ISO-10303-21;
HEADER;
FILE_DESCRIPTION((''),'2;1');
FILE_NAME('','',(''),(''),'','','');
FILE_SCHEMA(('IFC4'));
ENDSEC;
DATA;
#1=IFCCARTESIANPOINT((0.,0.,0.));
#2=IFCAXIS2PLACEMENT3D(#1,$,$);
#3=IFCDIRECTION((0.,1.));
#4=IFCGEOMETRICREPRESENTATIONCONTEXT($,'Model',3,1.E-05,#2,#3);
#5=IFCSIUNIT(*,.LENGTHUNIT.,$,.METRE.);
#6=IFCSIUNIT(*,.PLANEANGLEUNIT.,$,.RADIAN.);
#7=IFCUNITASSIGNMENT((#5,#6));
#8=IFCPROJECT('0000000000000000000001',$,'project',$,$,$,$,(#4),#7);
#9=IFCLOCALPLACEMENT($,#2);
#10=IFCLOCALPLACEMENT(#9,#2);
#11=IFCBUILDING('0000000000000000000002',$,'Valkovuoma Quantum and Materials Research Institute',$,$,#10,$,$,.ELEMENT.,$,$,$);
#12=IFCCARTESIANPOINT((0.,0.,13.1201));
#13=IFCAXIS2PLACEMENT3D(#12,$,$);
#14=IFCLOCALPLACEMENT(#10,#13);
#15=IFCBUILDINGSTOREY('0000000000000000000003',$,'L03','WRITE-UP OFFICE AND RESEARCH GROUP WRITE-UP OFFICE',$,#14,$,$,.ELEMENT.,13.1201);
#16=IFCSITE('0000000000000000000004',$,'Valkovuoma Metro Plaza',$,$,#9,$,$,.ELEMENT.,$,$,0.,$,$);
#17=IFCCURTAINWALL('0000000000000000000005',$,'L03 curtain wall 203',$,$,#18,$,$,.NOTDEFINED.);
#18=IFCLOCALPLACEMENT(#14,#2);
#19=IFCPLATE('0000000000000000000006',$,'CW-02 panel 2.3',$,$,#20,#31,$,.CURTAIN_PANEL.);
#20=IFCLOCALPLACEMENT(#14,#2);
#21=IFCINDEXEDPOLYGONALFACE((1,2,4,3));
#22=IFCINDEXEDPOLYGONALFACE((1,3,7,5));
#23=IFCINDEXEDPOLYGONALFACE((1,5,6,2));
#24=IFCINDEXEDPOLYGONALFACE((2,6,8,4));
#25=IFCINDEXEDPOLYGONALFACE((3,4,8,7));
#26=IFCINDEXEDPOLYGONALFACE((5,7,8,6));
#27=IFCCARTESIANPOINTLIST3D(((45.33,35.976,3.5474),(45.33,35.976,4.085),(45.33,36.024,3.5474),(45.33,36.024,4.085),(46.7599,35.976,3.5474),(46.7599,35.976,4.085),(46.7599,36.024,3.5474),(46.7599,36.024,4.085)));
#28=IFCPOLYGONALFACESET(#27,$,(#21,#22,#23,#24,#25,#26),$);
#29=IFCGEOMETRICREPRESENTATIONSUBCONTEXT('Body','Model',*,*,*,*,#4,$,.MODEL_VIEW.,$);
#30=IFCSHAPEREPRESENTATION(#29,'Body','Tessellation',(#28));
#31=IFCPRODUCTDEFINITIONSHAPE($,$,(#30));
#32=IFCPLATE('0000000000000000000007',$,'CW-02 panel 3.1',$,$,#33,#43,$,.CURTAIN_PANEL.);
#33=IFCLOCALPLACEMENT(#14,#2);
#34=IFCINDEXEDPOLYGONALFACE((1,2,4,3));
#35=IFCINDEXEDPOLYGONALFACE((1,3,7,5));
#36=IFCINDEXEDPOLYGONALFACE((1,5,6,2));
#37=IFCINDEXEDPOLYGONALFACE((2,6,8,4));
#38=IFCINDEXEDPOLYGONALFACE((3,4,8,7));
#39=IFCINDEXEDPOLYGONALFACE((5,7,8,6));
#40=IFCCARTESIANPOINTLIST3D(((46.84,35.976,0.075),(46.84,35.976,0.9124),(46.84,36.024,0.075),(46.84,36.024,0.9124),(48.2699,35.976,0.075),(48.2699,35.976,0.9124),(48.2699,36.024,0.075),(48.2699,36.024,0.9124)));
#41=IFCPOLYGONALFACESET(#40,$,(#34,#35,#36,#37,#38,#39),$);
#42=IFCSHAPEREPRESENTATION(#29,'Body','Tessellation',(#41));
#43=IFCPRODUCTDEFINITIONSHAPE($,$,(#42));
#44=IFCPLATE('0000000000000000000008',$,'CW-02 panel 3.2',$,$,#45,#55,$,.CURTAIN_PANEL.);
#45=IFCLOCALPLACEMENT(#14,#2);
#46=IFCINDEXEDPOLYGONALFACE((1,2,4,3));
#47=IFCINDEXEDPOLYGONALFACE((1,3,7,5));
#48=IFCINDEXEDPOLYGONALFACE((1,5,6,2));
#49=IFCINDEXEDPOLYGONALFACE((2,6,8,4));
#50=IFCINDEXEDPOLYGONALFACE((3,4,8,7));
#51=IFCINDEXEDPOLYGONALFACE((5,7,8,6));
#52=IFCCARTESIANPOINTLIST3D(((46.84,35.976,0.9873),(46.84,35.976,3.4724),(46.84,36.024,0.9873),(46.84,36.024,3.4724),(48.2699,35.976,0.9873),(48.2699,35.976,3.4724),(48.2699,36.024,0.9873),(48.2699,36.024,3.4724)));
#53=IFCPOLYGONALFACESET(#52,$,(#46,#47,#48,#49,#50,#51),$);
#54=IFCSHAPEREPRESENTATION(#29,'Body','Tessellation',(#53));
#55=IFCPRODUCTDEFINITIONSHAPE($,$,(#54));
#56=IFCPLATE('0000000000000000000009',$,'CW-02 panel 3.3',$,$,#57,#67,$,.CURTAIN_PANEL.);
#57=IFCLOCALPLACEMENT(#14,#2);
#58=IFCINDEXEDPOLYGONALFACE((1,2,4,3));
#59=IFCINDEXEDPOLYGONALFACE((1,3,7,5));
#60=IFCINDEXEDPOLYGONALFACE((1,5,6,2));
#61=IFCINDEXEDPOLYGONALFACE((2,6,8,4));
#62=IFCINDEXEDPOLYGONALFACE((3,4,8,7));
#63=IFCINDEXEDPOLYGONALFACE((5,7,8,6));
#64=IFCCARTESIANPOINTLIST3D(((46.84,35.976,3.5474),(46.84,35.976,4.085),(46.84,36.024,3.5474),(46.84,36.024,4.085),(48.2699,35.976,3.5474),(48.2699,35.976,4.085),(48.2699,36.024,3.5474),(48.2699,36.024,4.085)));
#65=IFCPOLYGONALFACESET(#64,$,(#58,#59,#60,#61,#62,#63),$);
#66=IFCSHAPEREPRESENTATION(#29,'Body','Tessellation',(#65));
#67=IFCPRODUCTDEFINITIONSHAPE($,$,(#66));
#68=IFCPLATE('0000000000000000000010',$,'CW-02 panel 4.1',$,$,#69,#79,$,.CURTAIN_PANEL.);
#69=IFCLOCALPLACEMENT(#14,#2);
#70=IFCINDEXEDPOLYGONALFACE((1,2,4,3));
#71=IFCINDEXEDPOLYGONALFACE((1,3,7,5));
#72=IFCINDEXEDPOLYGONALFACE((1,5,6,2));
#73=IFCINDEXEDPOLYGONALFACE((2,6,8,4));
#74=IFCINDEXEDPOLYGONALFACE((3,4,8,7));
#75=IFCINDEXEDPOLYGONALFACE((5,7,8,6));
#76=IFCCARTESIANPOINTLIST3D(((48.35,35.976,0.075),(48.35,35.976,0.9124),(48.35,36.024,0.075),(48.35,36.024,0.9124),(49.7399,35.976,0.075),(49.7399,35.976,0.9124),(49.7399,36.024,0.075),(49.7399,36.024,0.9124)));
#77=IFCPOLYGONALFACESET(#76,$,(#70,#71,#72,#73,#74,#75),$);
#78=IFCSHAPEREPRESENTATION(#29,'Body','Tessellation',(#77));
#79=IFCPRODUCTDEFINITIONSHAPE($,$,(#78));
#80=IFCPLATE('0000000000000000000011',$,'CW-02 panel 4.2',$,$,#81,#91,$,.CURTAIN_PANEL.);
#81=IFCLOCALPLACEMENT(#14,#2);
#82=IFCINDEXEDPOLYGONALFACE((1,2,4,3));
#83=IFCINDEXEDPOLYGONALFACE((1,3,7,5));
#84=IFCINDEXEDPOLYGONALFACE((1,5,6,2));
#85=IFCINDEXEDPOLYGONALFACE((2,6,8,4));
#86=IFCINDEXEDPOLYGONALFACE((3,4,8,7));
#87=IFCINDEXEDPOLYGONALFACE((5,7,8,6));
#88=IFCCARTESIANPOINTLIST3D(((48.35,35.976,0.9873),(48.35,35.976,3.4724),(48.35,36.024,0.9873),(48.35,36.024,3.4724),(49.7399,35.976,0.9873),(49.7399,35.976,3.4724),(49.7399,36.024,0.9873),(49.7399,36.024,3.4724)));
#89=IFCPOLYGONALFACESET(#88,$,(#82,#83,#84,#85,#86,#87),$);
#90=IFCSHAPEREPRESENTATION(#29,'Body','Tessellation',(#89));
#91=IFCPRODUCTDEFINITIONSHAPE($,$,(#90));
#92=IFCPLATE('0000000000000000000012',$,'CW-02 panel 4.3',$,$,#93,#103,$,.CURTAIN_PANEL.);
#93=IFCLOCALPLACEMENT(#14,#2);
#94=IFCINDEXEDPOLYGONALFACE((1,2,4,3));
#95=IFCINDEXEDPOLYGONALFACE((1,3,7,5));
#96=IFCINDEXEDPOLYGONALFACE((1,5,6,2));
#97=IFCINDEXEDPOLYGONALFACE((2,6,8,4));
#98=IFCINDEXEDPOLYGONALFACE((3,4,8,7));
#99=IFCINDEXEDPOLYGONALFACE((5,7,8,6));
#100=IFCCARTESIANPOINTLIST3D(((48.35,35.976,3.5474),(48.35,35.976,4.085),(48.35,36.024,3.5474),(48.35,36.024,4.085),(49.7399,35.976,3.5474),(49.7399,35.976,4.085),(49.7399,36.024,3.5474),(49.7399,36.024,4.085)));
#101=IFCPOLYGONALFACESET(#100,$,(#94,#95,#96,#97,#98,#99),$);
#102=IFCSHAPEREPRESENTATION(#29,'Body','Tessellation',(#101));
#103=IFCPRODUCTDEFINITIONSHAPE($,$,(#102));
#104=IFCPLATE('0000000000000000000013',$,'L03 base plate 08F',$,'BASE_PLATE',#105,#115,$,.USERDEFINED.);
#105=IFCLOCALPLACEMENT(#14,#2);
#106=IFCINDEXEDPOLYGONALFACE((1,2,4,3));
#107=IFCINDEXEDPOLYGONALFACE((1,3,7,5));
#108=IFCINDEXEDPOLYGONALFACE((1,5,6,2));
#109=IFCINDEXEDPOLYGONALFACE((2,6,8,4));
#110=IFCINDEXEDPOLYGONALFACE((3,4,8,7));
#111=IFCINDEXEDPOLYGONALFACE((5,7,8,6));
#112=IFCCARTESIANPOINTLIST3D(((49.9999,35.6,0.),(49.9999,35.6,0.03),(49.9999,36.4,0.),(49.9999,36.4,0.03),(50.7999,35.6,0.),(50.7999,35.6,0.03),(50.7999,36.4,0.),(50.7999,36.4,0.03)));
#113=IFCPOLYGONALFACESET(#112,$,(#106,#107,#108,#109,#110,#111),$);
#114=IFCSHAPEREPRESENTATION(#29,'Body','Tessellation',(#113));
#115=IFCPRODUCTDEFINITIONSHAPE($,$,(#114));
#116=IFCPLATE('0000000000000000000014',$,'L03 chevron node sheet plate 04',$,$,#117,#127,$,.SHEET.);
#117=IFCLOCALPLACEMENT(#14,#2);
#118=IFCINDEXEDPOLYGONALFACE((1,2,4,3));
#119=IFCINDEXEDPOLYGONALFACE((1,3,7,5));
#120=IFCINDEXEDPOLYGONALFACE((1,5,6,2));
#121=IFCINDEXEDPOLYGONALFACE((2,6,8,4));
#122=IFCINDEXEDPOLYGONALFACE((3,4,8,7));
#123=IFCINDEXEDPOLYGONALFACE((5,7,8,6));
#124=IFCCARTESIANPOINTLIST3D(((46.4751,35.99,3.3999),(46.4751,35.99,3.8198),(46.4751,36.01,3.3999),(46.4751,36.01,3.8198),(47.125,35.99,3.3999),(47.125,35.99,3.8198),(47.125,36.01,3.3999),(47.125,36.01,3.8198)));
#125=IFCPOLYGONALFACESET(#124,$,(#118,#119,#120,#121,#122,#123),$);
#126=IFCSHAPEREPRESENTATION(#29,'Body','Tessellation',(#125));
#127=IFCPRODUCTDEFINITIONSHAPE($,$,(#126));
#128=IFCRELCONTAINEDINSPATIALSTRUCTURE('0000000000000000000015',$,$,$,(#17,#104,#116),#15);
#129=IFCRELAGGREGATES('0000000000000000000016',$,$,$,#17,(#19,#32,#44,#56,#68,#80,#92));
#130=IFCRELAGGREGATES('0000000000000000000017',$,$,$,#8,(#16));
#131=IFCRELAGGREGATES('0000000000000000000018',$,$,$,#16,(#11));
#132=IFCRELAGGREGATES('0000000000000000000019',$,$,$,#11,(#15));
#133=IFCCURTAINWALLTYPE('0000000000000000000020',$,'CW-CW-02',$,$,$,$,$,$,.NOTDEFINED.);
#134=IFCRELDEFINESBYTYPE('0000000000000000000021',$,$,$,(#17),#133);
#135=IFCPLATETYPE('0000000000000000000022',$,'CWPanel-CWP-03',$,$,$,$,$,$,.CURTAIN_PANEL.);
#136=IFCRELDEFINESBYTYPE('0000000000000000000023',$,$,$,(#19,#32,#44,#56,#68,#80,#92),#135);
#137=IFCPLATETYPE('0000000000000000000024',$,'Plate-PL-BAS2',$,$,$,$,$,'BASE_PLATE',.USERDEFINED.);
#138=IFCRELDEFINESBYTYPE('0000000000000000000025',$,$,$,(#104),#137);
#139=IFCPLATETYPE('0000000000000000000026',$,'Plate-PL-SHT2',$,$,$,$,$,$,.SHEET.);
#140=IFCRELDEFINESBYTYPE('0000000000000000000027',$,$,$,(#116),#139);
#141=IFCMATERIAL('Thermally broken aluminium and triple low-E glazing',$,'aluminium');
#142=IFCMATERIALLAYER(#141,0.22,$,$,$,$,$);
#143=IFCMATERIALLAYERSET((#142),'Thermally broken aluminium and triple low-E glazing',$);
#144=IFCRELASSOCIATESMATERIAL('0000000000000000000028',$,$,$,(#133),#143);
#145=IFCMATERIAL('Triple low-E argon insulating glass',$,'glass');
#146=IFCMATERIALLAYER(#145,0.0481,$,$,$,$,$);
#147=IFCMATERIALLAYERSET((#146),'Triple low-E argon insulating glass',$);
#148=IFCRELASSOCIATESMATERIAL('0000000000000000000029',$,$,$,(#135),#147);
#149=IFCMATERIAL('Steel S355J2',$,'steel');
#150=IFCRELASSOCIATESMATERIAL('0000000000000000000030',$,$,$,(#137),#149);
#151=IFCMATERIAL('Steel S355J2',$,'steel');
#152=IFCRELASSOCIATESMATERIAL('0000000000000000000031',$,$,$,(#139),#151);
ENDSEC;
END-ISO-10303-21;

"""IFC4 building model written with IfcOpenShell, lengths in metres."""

from ifc_helpers import new_model, si_unit, direction, frame, origin, origin_2d, place, context, subcontext, project, spatial, rectangle, extrude, material, layer, layer_set, type_object, element, aggregate, save


model = new_model("IFC4")

# Units and contexts
model_context = context("Model", 3, precision=1e-05, world=origin(), true_north=direction((0.0, 1.0)))
body_context = subcontext(model_context, "Body", "Model", "MODEL_VIEW")
ifc_project = project(units=[si_unit("LENGTHUNIT", "METRE"), si_unit("PLANEANGLEUNIT", "RADIAN")], contexts=[model_context])

# Site, building, storey
site_placement = place(None, origin())
site = spatial("IfcSite", under=ifc_project, at=site_placement, Name="Valkovuoma Metro Plaza", CompositionType="ELEMENT", RefElevation=0.0)
building_placement = place(site_placement, origin())
building = spatial("IfcBuilding", under=site, at=building_placement, Name="Valkovuoma Quantum and Materials Research Institute", CompositionType="ELEMENT")
storey_placement = place(building_placement, frame((0.0, 0.0, 13.1201)))
storey = spatial("IfcBuildingStorey", under=building, at=storey_placement, Name="L03", Description="WRITE-UP OFFICE AND RESEARCH GROUP WRITE-UP OFFICE", CompositionType="ELEMENT", Elevation=13.1201)

# Curtain wall, plates
ifc_material_1 = material(Name="Thermally broken aluminium and triple low-E glazing", Category="aluminium")
ifc_layer_1 = layer(ifc_material_1, 0.22)
ifc_layer_set_1 = layer_set([ifc_layer_1], Name="Thermally broken aluminium and triple low-E glazing")
curtain_wall_type = type_object("IfcCurtainWallType", Name="CW-CW-02", PredefinedType="NOTDEFINED", material=ifc_layer_set_1)
curtain_wall_placement = place(storey_placement, origin())
curtain_wall = element("IfcCurtainWall", 1, at=curtain_wall_placement, inside=storey, type_object=curtain_wall_type, Name="L03 curtain wall 203", PredefinedType="NOTDEFINED")
ifc_material_2 = material(Name="Triple low-E argon insulating glass", Category="glass")
ifc_layer_2 = layer(ifc_material_2, 0.0481)
ifc_layer_set_2 = layer_set([ifc_layer_2], Name="Triple low-E argon insulating glass")
plate_type_1 = type_object("IfcPlateType", Name="CWPanel-CWP-03", PredefinedType="CURTAIN_PANEL", material=ifc_layer_set_2)
plate_1_placement = place(storey_placement, frame((46.0449, 36.0, 3.5474), z_axis=(0.0, 0.0, 1.0), x_axis=(1.0, 0.0, 0.0)))
plate_1 = element("IfcPlate", 2, at=plate_1_placement, type_object=plate_type_1, Name="CW-02 panel 2.3", PredefinedType="CURTAIN_PANEL", context=body_context, shape_type="SweptSolid", body=[
    extrude(rectangle(XDim=1.4299, YDim=0.0481, at=origin_2d()), origin(), (0.0, 0.0, 1.0), 0.5376),
])
plate_2_placement = place(storey_placement, frame((47.5549, 36.0, 0.075), z_axis=(0.0, 0.0, 1.0), x_axis=(1.0, 0.0, 0.0)))
plate_2 = element("IfcPlate", 3, at=plate_2_placement, type_object=plate_type_1, Name="CW-02 panel 3.1", PredefinedType="CURTAIN_PANEL", context=body_context, shape_type="SweptSolid", body=[
    extrude(rectangle(XDim=1.4299, YDim=0.0481, at=origin_2d()), origin(), (0.0, 0.0, 1.0), 0.8374),
])
plate_3_placement = place(storey_placement, frame((47.5549, 36.0, 0.9873), z_axis=(0.0, 0.0, 1.0), x_axis=(1.0, 0.0, 0.0)))
plate_3 = element("IfcPlate", 4, at=plate_3_placement, type_object=plate_type_1, Name="CW-02 panel 3.2", PredefinedType="CURTAIN_PANEL", context=body_context, shape_type="SweptSolid", body=[
    extrude(rectangle(XDim=1.4299, YDim=0.0481, at=origin_2d()), origin(), (0.0, 0.0, 1.0), 2.4851),
])
plate_4_placement = place(storey_placement, frame((47.5549, 36.0, 3.5474), z_axis=(0.0, 0.0, 1.0), x_axis=(1.0, 0.0, 0.0)))
plate_4 = element("IfcPlate", 5, at=plate_4_placement, type_object=plate_type_1, Name="CW-02 panel 3.3", PredefinedType="CURTAIN_PANEL", context=body_context, shape_type="SweptSolid", body=[
    extrude(rectangle(XDim=1.4299, YDim=0.0481, at=origin_2d()), origin(), (0.0, 0.0, 1.0), 0.5376),
])
plate_5_placement = place(storey_placement, frame((49.0449, 36.0, 0.075), z_axis=(0.0, 0.0, 1.0), x_axis=(1.0, 0.0, 0.0)))
plate_5 = element("IfcPlate", 6, at=plate_5_placement, type_object=plate_type_1, Name="CW-02 panel 4.1", PredefinedType="CURTAIN_PANEL", context=body_context, shape_type="SweptSolid", body=[
    extrude(rectangle(XDim=1.3899, YDim=0.0481, at=origin_2d()), origin(), (0.0, 0.0, 1.0), 0.8374),
])
plate_6_placement = place(storey_placement, frame((49.0449, 36.0, 0.9873), z_axis=(0.0, 0.0, 1.0), x_axis=(1.0, 0.0, 0.0)))
plate_6 = element("IfcPlate", 7, at=plate_6_placement, type_object=plate_type_1, Name="CW-02 panel 4.2", PredefinedType="CURTAIN_PANEL", context=body_context, shape_type="SweptSolid", body=[
    extrude(rectangle(XDim=1.3899, YDim=0.0481, at=origin_2d()), origin(), (0.0, 0.0, 1.0), 2.4851),
])
plate_7_placement = place(storey_placement, frame((49.0449, 36.0, 3.5474), z_axis=(0.0, 0.0, 1.0), x_axis=(1.0, 0.0, 0.0)))
plate_7 = element("IfcPlate", 8, at=plate_7_placement, type_object=plate_type_1, Name="CW-02 panel 4.3", PredefinedType="CURTAIN_PANEL", context=body_context, shape_type="SweptSolid", body=[
    extrude(rectangle(XDim=1.3899, YDim=0.0481, at=origin_2d()), origin(), (0.0, 0.0, 1.0), 0.5376),
])
aggregate(curtain_wall, [plate_1, plate_2, plate_3, plate_4, plate_5, plate_6, plate_7])

# Plates
ifc_material_3 = material(Name="Steel S355J2", Category="steel")
plate_type_2 = type_object("IfcPlateType", Name="Plate-PL-BAS2", ElementType="BASE_PLATE", PredefinedType="USERDEFINED", material=ifc_material_3)
plate_8_placement = place(storey_placement, frame((50.3999, 36.0, 0.0), z_axis=(0.0, 0.0, 1.0), x_axis=(1.0, 0.0, 0.0)))
element("IfcPlate", 9, at=plate_8_placement, inside=storey, type_object=plate_type_2, Name="L03 base plate 08F", ObjectType="BASE_PLATE", PredefinedType="USERDEFINED", context=body_context, shape_type="SweptSolid", body=[
    extrude(rectangle(XDim=0.8, YDim=0.8, at=origin_2d()), origin(), (0.0, 0.0, 1.0), 0.03),
])
ifc_material_4 = material(Name="Steel S355J2", Category="steel")
plate_type_3 = type_object("IfcPlateType", Name="Plate-PL-SHT2", PredefinedType="SHEET", material=ifc_material_4)
plate_9_placement = place(storey_placement, frame((46.8, 36.0, 3.3999), z_axis=(0.0, 0.0, 1.0), x_axis=(1.0, 0.0, 0.0)))
element("IfcPlate", 10, at=plate_9_placement, inside=storey, type_object=plate_type_3, Name="L03 chevron node sheet plate 04", PredefinedType="SHEET", context=body_context, shape_type="SweptSolid", body=[
    extrude(rectangle(XDim=0.6499, YDim=0.02, at=origin_2d()), origin(), (0.0, 0.0, 1.0), 0.4199),
])

save(model, "model.ifc")
